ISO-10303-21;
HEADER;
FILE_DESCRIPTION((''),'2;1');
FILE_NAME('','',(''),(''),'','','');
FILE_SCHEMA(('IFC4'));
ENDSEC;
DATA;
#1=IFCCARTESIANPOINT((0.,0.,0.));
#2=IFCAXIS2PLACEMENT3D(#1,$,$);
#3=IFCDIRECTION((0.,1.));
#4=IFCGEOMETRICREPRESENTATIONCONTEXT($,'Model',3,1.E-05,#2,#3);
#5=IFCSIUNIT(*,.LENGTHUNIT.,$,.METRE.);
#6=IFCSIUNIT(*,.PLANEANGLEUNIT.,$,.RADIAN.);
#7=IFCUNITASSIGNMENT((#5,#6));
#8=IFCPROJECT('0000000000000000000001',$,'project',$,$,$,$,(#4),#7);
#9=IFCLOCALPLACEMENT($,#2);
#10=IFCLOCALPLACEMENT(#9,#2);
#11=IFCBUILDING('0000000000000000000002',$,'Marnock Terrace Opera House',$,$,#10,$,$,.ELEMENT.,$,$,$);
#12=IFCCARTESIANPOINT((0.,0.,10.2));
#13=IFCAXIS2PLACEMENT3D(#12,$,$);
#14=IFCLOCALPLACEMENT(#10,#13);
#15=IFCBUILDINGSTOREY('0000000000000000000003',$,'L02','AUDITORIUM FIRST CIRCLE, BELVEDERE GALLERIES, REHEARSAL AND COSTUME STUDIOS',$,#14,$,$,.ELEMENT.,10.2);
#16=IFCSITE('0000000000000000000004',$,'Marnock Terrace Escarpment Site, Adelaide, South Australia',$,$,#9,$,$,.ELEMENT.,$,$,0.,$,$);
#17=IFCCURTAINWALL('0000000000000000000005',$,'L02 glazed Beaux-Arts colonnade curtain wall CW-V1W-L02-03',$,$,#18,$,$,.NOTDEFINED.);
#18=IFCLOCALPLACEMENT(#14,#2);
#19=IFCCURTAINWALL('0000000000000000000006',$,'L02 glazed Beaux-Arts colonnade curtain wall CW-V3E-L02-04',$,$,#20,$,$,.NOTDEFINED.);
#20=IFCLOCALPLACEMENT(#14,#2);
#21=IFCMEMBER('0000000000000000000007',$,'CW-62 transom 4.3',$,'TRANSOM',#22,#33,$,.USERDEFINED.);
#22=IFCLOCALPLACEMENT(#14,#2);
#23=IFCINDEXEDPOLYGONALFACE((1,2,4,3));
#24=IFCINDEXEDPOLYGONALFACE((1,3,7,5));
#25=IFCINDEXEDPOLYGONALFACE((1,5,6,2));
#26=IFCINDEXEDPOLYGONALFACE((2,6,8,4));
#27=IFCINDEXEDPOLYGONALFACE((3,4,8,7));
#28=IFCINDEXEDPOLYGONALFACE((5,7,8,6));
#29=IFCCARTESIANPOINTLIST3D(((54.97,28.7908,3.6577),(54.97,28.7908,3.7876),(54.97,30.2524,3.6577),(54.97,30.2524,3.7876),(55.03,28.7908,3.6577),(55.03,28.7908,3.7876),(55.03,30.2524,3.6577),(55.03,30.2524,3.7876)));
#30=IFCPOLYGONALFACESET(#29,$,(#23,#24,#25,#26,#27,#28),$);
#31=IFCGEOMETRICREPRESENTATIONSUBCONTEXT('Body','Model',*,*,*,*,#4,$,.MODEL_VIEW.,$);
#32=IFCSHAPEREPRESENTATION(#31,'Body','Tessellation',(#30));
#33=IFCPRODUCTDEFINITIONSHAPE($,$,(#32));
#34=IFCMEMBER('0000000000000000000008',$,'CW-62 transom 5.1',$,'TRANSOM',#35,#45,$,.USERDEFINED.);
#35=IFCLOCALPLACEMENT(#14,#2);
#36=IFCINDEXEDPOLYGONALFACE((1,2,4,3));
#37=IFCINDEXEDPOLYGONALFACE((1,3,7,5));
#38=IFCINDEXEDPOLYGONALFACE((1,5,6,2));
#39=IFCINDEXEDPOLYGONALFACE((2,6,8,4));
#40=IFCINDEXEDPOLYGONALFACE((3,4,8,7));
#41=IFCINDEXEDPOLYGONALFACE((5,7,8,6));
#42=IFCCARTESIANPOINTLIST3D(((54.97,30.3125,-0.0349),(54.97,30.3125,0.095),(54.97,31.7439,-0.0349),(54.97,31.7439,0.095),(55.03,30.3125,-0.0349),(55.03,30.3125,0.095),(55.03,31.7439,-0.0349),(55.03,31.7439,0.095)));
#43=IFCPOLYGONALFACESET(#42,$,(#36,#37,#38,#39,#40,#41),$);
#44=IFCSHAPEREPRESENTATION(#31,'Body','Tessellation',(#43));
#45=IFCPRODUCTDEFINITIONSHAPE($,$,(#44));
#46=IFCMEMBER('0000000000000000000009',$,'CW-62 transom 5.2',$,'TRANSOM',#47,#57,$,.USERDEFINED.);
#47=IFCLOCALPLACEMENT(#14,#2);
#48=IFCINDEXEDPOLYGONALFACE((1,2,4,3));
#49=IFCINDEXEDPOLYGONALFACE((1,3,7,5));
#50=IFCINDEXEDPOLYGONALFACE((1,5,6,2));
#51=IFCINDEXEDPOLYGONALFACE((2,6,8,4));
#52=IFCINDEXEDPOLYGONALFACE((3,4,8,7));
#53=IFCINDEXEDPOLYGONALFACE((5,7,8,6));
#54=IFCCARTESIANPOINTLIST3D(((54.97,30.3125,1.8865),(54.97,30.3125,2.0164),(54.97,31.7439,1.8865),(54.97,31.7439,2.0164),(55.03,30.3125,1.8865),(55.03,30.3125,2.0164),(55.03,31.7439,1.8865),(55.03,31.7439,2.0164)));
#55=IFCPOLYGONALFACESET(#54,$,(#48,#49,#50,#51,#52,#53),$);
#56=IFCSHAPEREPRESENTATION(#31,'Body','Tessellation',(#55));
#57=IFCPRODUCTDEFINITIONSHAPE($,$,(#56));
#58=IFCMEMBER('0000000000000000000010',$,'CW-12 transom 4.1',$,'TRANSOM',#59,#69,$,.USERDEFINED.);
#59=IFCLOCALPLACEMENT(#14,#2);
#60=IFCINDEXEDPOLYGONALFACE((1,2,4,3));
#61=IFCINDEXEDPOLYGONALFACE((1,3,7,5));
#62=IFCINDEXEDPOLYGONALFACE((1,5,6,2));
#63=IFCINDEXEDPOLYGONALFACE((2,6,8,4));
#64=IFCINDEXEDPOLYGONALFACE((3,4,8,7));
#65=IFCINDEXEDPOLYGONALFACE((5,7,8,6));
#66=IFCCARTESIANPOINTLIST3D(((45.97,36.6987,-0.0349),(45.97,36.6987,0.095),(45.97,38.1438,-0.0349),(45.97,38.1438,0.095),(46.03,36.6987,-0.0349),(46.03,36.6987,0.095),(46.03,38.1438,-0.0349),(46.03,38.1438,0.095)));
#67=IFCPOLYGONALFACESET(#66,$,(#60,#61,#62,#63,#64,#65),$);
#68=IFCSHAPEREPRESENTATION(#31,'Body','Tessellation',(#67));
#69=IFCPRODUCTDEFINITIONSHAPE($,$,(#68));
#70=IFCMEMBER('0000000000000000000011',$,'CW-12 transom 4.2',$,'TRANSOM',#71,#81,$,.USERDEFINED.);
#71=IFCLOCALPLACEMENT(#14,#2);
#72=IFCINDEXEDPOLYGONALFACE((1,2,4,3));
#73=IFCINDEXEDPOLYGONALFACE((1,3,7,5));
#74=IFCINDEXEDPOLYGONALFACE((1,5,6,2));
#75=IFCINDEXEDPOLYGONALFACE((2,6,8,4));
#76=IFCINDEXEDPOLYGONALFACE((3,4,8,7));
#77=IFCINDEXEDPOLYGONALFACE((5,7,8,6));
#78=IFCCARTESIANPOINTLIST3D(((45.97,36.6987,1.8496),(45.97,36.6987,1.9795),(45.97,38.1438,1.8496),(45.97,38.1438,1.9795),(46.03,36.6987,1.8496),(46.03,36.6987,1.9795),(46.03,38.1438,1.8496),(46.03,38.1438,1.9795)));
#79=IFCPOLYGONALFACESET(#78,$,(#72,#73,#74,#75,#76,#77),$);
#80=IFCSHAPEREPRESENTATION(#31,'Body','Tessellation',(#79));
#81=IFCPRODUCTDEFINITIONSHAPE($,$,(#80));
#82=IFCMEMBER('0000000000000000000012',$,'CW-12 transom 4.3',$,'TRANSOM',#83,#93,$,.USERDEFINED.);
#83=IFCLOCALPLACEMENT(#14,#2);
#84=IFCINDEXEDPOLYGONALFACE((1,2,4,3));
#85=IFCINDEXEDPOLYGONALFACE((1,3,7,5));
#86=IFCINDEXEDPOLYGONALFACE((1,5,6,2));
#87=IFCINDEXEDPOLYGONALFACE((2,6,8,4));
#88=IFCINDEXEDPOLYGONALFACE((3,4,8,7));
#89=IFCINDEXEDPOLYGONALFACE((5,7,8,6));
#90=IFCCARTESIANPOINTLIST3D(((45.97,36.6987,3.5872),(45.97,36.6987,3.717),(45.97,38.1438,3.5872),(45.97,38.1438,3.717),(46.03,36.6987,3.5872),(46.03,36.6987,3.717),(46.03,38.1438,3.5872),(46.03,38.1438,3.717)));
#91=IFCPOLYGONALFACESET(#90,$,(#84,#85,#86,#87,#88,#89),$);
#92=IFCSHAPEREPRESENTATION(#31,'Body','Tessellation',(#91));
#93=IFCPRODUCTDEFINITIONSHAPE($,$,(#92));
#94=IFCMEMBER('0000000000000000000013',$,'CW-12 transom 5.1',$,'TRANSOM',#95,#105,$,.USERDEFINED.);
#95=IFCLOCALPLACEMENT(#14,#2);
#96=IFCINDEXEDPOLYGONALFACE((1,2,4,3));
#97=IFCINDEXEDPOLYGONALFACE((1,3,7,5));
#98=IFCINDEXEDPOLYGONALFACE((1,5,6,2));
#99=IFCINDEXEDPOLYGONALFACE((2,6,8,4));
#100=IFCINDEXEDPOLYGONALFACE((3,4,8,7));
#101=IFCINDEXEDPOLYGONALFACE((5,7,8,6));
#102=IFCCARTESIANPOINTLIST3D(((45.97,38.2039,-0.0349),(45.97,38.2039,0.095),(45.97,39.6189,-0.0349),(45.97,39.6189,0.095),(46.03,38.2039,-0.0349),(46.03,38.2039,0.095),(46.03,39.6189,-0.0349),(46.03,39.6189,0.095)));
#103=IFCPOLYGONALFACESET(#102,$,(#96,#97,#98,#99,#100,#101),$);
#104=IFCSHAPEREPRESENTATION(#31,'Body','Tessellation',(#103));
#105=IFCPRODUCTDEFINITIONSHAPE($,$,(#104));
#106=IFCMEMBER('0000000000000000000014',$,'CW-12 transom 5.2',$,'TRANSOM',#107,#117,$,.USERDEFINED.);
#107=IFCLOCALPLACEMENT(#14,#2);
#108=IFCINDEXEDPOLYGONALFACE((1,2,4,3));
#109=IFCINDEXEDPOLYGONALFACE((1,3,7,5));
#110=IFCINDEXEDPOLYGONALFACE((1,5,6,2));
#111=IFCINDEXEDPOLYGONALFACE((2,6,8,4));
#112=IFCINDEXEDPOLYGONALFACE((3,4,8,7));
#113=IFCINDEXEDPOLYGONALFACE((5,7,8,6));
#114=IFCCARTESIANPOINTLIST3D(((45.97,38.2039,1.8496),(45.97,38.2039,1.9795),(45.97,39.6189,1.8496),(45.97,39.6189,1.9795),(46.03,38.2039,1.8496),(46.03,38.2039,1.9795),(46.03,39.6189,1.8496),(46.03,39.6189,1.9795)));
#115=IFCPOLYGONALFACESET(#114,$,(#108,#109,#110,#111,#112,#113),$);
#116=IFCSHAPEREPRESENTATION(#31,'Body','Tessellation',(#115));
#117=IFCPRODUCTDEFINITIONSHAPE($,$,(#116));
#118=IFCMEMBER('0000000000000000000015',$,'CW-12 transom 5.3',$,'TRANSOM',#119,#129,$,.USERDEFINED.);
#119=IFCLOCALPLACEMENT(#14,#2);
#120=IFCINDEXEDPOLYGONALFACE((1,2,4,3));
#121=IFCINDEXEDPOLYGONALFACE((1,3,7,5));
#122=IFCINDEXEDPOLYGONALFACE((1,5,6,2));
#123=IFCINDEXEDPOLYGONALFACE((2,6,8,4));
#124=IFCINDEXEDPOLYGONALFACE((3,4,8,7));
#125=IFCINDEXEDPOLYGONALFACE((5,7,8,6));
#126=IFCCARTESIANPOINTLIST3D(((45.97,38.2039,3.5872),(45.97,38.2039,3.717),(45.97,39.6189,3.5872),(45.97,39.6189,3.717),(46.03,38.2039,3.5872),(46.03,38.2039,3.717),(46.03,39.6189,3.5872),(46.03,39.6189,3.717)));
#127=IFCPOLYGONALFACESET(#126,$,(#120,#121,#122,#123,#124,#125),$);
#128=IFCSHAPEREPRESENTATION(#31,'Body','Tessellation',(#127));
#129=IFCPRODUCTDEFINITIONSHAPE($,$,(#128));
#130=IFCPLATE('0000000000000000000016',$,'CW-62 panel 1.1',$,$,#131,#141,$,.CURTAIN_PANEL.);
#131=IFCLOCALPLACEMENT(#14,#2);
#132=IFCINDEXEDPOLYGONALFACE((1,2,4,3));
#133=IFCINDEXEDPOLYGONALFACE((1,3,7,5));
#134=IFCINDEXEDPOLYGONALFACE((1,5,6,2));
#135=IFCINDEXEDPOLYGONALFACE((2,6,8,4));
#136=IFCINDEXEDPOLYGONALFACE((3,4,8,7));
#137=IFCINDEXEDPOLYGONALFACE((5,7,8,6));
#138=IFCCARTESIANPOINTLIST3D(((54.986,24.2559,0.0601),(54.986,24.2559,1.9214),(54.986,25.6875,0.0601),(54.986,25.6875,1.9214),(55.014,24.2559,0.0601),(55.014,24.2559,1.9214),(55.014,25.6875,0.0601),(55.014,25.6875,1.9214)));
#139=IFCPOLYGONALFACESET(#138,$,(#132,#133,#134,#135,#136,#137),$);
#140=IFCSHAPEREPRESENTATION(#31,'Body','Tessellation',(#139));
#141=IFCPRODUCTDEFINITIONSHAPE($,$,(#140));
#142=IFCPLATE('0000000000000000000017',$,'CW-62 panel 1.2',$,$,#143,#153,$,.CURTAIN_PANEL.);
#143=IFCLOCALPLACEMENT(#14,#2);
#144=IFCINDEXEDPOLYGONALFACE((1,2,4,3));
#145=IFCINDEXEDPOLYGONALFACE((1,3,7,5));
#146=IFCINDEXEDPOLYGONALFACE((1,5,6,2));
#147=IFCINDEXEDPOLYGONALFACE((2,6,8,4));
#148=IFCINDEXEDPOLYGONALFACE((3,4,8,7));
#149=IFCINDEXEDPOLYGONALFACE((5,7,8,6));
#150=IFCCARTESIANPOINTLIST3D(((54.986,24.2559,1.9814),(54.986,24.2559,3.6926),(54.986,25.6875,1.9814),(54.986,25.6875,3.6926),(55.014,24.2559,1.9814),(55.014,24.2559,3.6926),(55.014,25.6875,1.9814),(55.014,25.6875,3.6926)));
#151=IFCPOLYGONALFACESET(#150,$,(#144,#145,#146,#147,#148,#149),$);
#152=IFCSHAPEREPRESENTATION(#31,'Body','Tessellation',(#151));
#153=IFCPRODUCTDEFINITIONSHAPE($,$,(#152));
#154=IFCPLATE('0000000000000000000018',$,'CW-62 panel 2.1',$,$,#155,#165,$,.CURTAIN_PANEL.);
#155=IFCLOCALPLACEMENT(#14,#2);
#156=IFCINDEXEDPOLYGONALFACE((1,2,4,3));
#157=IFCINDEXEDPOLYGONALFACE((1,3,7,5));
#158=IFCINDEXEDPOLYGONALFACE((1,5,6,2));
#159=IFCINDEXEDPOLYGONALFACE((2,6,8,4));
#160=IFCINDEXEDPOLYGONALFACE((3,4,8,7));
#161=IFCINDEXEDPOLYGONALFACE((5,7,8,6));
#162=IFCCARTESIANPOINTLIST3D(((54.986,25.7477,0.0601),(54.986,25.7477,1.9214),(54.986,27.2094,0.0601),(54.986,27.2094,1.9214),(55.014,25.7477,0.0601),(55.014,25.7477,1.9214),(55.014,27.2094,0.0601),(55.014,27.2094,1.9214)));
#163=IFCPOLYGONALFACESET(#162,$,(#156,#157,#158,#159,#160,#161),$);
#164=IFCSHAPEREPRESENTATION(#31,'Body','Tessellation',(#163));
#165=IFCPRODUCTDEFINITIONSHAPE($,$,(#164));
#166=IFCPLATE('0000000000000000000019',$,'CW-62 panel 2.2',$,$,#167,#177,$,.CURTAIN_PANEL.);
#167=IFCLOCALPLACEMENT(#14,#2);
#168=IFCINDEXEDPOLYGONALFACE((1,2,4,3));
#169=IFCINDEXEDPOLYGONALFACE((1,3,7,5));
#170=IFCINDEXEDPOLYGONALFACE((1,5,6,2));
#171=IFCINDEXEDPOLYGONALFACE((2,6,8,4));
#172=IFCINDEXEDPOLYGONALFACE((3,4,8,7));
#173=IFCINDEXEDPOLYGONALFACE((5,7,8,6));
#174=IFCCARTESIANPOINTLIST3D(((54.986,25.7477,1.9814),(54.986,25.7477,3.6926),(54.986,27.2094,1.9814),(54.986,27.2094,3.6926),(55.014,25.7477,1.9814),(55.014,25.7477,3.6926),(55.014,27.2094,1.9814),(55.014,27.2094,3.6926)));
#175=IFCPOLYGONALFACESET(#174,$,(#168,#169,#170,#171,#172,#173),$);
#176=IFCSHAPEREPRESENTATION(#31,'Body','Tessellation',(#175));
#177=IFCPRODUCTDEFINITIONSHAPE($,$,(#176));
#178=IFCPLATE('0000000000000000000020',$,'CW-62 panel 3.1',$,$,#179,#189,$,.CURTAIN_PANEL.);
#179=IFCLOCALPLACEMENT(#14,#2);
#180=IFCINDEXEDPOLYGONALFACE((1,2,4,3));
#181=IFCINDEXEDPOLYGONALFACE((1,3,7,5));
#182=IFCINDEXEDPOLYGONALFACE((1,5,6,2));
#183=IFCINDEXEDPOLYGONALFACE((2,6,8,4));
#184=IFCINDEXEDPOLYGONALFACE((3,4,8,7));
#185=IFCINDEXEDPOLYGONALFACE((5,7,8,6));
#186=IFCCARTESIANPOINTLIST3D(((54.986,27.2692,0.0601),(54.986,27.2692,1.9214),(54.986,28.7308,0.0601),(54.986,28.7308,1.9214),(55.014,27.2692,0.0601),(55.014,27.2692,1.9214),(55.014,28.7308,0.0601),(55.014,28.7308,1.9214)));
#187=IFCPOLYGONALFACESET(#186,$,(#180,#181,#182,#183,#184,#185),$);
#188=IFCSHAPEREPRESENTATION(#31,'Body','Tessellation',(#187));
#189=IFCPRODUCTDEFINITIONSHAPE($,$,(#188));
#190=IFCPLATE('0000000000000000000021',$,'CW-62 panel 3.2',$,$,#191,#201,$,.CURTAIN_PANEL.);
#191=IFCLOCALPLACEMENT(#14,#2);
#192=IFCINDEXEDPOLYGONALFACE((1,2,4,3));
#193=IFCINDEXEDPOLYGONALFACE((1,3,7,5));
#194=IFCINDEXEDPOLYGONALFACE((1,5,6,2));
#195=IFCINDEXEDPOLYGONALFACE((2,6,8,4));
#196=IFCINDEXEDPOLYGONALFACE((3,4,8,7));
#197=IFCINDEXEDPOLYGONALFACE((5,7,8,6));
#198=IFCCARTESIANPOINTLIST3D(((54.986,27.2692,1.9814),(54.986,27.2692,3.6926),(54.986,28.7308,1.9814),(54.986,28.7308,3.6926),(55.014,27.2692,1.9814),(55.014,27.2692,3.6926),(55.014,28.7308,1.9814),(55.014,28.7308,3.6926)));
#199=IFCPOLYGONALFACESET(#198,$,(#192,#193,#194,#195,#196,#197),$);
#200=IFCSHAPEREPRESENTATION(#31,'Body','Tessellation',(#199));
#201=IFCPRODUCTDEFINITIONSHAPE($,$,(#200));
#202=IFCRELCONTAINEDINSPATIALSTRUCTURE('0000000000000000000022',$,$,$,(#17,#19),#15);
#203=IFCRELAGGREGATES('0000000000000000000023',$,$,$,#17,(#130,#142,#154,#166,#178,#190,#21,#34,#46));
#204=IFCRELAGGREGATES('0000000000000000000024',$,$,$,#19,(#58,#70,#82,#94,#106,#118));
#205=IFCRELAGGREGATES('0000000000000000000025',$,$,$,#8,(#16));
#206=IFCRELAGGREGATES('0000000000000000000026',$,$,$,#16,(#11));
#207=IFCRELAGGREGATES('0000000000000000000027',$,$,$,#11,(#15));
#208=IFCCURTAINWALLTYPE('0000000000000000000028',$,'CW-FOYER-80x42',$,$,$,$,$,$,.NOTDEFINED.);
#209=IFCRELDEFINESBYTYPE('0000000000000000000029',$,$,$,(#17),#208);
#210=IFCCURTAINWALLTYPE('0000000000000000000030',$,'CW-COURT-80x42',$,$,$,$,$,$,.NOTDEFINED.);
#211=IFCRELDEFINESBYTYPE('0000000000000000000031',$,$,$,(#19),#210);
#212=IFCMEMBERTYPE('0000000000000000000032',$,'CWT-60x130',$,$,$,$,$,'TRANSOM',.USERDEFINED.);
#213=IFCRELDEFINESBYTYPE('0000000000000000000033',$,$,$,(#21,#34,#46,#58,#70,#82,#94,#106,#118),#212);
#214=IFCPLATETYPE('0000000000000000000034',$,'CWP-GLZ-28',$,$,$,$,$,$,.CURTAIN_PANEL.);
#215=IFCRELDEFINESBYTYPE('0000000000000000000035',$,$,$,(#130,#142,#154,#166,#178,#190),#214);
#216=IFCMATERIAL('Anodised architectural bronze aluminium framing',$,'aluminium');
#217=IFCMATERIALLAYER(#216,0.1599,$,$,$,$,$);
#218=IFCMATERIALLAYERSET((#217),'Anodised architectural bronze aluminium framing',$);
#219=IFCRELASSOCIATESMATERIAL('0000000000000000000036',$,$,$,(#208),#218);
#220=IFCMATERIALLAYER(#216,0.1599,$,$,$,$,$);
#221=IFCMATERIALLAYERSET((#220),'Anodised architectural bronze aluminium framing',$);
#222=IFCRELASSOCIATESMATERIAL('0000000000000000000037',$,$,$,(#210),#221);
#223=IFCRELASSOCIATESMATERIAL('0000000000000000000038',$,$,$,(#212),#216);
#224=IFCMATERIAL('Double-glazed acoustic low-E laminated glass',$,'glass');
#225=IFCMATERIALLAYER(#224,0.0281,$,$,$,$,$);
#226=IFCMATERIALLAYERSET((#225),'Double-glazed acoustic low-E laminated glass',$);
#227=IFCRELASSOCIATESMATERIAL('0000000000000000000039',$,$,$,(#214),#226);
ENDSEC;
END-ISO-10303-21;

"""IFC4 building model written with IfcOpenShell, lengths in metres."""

from ifc_helpers import new_model, si_unit, direction, frame, origin, origin_2d, place, context, subcontext, project, spatial, rectangle, extrude, material, layer, layer_set, material_profile, profile_set, type_object, element, aggregate, save


model = new_model("IFC4")

# Units and contexts
model_context = context("Model", 3, precision=1e-05, world=origin(), true_north=direction((0.0, 1.0)))
body_context = subcontext(model_context, "Body", "Model", "MODEL_VIEW")
ifc_project = project(units=[si_unit("LENGTHUNIT", "METRE"), si_unit("PLANEANGLEUNIT", "RADIAN")], contexts=[model_context])

# Site, building, storey
site_placement = place(None, origin())
site = spatial("IfcSite", under=ifc_project, at=site_placement, Name="Marnock Terrace Escarpment Site, Adelaide, South Australia", CompositionType="ELEMENT", RefElevation=0.0)
building_placement = place(site_placement, origin())
building = spatial("IfcBuilding", under=site, at=building_placement, Name="Marnock Terrace Opera House", CompositionType="ELEMENT")
storey_placement = place(building_placement, frame((0.0, 0.0, 10.2)))
storey = spatial("IfcBuildingStorey", under=building, at=storey_placement, Name="L02", Description="AUDITORIUM FIRST CIRCLE, BELVEDERE GALLERIES, REHEARSAL AND COSTUME STUDIOS", CompositionType="ELEMENT", Elevation=10.2)

# Curtain walls
ifc_material_1 = material(Name="Anodised architectural bronze aluminium framing", Category="aluminium")
ifc_layer_1 = layer(ifc_material_1, 0.1599)
ifc_layer_set_1 = layer_set([ifc_layer_1], Name="Anodised architectural bronze aluminium framing")
curtain_wall_type_1 = type_object("IfcCurtainWallType", Name="CW-FOYER-80x42", PredefinedType="NOTDEFINED", material=ifc_layer_set_1)
curtain_wall_1_placement = place(storey_placement, origin())
curtain_wall_1 = element("IfcCurtainWall", 1, at=curtain_wall_1_placement, inside=storey, type_object=curtain_wall_type_1, Name="L02 glazed Beaux-Arts colonnade curtain wall CW-V1W-L02-03", PredefinedType="NOTDEFINED")
ifc_layer_2 = layer(ifc_material_1, 0.1599)
ifc_layer_set_2 = layer_set([ifc_layer_2], Name="Anodised architectural bronze aluminium framing")
curtain_wall_type_2 = type_object("IfcCurtainWallType", Name="CW-COURT-80x42", PredefinedType="NOTDEFINED", material=ifc_layer_set_2)
curtain_wall_2_placement = place(storey_placement, origin())
curtain_wall_2 = element("IfcCurtainWall", 2, at=curtain_wall_2_placement, inside=storey, type_object=curtain_wall_type_2, Name="L02 glazed Beaux-Arts colonnade curtain wall CW-V3E-L02-04", PredefinedType="NOTDEFINED")

# Members
ifc_material_profile_1 = material_profile(ifc_material_1, rectangle(XDim=0.0601, YDim=0.1299, at=origin_2d()))
ifc_profile_set_1 = profile_set([ifc_material_profile_1], Name="Anodised architectural bronze aluminium framing")
member_type_1 = type_object("IfcMemberType", Name="CWT-60x130", ElementType="TRANSOM", PredefinedType="USERDEFINED", material=ifc_profile_set_1)
member_1_placement = place(storey_placement, frame((55.0, 28.7908, 3.7227), z_axis=(0.0, 1.0, 0.0), x_axis=(-1.0, 0.0, 0.0)))
member_1 = element("IfcMember", 3, at=member_1_placement, type_object=member_type_1, Name="CW-62 transom 4.3", ObjectType="TRANSOM", PredefinedType="USERDEFINED", context=body_context, shape_type="SweptSolid", body=[
    extrude(rectangle(XDim=0.0601, YDim=0.1299, at=origin_2d()), origin(), (0.0, 0.0, 1.0), 1.4617),
])
member_2_placement = place(storey_placement, frame((55.0, 30.3125, 0.03), z_axis=(0.0, 1.0, 0.0), x_axis=(-1.0, 0.0, 0.0)))
member_2 = element("IfcMember", 4, at=member_2_placement, type_object=member_type_1, Name="CW-62 transom 5.1", ObjectType="TRANSOM", PredefinedType="USERDEFINED", context=body_context, shape_type="SweptSolid", body=[
    extrude(rectangle(XDim=0.0601, YDim=0.1299, at=origin_2d()), origin(), (0.0, 0.0, 1.0), 1.4314),
])
member_3_placement = place(storey_placement, frame((55.0, 30.3125, 1.9514), z_axis=(0.0, 1.0, 0.0), x_axis=(-1.0, 0.0, 0.0)))
member_3 = element("IfcMember", 5, at=member_3_placement, type_object=member_type_1, Name="CW-62 transom 5.2", ObjectType="TRANSOM", PredefinedType="USERDEFINED", context=body_context, shape_type="SweptSolid", body=[
    extrude(rectangle(XDim=0.0601, YDim=0.1299, at=origin_2d()), origin(), (0.0, 0.0, 1.0), 1.4314),
])
member_4_placement = place(storey_placement, frame((46.0, 36.6987, 0.03), z_axis=(0.0, 1.0, 0.0), x_axis=(-1.0, 0.0, 0.0)))
member_4 = element("IfcMember", 6, at=member_4_placement, type_object=member_type_1, Name="CW-12 transom 4.1", ObjectType="TRANSOM", PredefinedType="USERDEFINED", context=body_context, shape_type="SweptSolid", body=[
    extrude(rectangle(XDim=0.0601, YDim=0.1299, at=origin_2d()), origin(), (0.0, 0.0, 1.0), 1.4451),
])
member_5_placement = place(storey_placement, frame((46.0, 36.6987, 1.9146), z_axis=(0.0, 1.0, 0.0), x_axis=(-1.0, 0.0, 0.0)))
member_5 = element("IfcMember", 7, at=member_5_placement, type_object=member_type_1, Name="CW-12 transom 4.2", ObjectType="TRANSOM", PredefinedType="USERDEFINED", context=body_context, shape_type="SweptSolid", body=[
    extrude(rectangle(XDim=0.0601, YDim=0.1299, at=origin_2d()), origin(), (0.0, 0.0, 1.0), 1.4451),
])
member_6_placement = place(storey_placement, frame((46.0, 36.6987, 3.6521), z_axis=(0.0, 1.0, 0.0), x_axis=(-1.0, 0.0, 0.0)))
member_6 = element("IfcMember", 8, at=member_6_placement, type_object=member_type_1, Name="CW-12 transom 4.3", ObjectType="TRANSOM", PredefinedType="USERDEFINED", context=body_context, shape_type="SweptSolid", body=[
    extrude(rectangle(XDim=0.0601, YDim=0.1299, at=origin_2d()), origin(), (0.0, 0.0, 1.0), 1.4451),
])
member_7_placement = place(storey_placement, frame((46.0, 38.2039, 0.03), z_axis=(0.0, 1.0, 0.0), x_axis=(-1.0, 0.0, 0.0)))
member_7 = element("IfcMember", 9, at=member_7_placement, type_object=member_type_1, Name="CW-12 transom 5.1", ObjectType="TRANSOM", PredefinedType="USERDEFINED", context=body_context, shape_type="SweptSolid", body=[
    extrude(rectangle(XDim=0.0601, YDim=0.1299, at=origin_2d()), origin(), (0.0, 0.0, 1.0), 1.415),
])
member_8_placement = place(storey_placement, frame((46.0, 38.2039, 1.9146), z_axis=(0.0, 1.0, 0.0), x_axis=(-1.0, 0.0, 0.0)))
member_8 = element("IfcMember", 10, at=member_8_placement, type_object=member_type_1, Name="CW-12 transom 5.2", ObjectType="TRANSOM", PredefinedType="USERDEFINED", context=body_context, shape_type="SweptSolid", body=[
    extrude(rectangle(XDim=0.0601, YDim=0.1299, at=origin_2d()), origin(), (0.0, 0.0, 1.0), 1.415),
])
member_9_placement = place(storey_placement, frame((46.0, 38.2039, 3.6521), z_axis=(0.0, 1.0, 0.0), x_axis=(-1.0, 0.0, 0.0)))
member_9 = element("IfcMember", 11, at=member_9_placement, type_object=member_type_1, Name="CW-12 transom 5.3", ObjectType="TRANSOM", PredefinedType="USERDEFINED", context=body_context, shape_type="SweptSolid", body=[
    extrude(rectangle(XDim=0.0601, YDim=0.1299, at=origin_2d()), origin(), (0.0, 0.0, 1.0), 1.415),
])

# Plates
ifc_material_2 = material(Name="Double-glazed acoustic low-E laminated glass", Category="glass")
ifc_layer_3 = layer(ifc_material_2, 0.0281)
ifc_layer_set_3 = layer_set([ifc_layer_3], Name="Double-glazed acoustic low-E laminated glass")
plate_type = type_object("IfcPlateType", Name="CWP-GLZ-28", PredefinedType="CURTAIN_PANEL", material=ifc_layer_set_3)
plate_1_placement = place(storey_placement, frame((55.0, 24.9717, 0.0601), z_axis=(0.0, 0.0, 1.0), x_axis=(0.0, 1.0, 0.0)))
plate_1 = element("IfcPlate", 12, at=plate_1_placement, type_object=plate_type, Name="CW-62 panel 1.1", PredefinedType="CURTAIN_PANEL", context=body_context, shape_type="SweptSolid", body=[
    extrude(rectangle(XDim=1.4316, YDim=0.0281, at=origin_2d()), origin(), (0.0, 0.0, 1.0), 1.8613),
])
plate_2_placement = place(storey_placement, frame((55.0, 24.9717, 1.9814), z_axis=(0.0, 0.0, 1.0), x_axis=(0.0, 1.0, 0.0)))
plate_2 = element("IfcPlate", 13, at=plate_2_placement, type_object=plate_type, Name="CW-62 panel 1.2", PredefinedType="CURTAIN_PANEL", context=body_context, shape_type="SweptSolid", body=[
    extrude(rectangle(XDim=1.4316, YDim=0.0281, at=origin_2d()), origin(), (0.0, 0.0, 1.0), 1.7112),
])
plate_3_placement = place(storey_placement, frame((55.0, 26.4785, 0.0601), z_axis=(0.0, 0.0, 1.0), x_axis=(0.0, 1.0, 0.0)))
plate_3 = element("IfcPlate", 14, at=plate_3_placement, type_object=plate_type, Name="CW-62 panel 2.1", PredefinedType="CURTAIN_PANEL", context=body_context, shape_type="SweptSolid", body=[
    extrude(rectangle(XDim=1.4617, YDim=0.0281, at=origin_2d()), origin(), (0.0, 0.0, 1.0), 1.8613),
])
plate_4_placement = place(storey_placement, frame((55.0, 26.4785, 1.9814), z_axis=(0.0, 0.0, 1.0), x_axis=(0.0, 1.0, 0.0)))
plate_4 = element("IfcPlate", 15, at=plate_4_placement, type_object=plate_type, Name="CW-62 panel 2.2", PredefinedType="CURTAIN_PANEL", context=body_context, shape_type="SweptSolid", body=[
    extrude(rectangle(XDim=1.4617, YDim=0.0281, at=origin_2d()), origin(), (0.0, 0.0, 1.0), 1.7112),
])
plate_5_placement = place(storey_placement, frame((55.0, 28.0, 0.0601), z_axis=(0.0, 0.0, 1.0), x_axis=(0.0, 1.0, 0.0)))
plate_5 = element("IfcPlate", 16, at=plate_5_placement, type_object=plate_type, Name="CW-62 panel 3.1", PredefinedType="CURTAIN_PANEL", context=body_context, shape_type="SweptSolid", body=[
    extrude(rectangle(XDim=1.4617, YDim=0.0281, at=origin_2d()), origin(), (0.0, 0.0, 1.0), 1.8613),
])
plate_6_placement = place(storey_placement, frame((55.0, 28.0, 1.9814), z_axis=(0.0, 0.0, 1.0), x_axis=(0.0, 1.0, 0.0)))
plate_6 = element("IfcPlate", 17, at=plate_6_placement, type_object=plate_type, Name="CW-62 panel 3.2", PredefinedType="CURTAIN_PANEL", context=body_context, shape_type="SweptSolid", body=[
    extrude(rectangle(XDim=1.4617, YDim=0.0281, at=origin_2d()), origin(), (0.0, 0.0, 1.0), 1.7112),
])
aggregate(curtain_wall_1, [plate_1, plate_2, plate_3, plate_4, plate_5, plate_6, member_1, member_2, member_3])
aggregate(curtain_wall_2, [member_4, member_5, member_6, member_7, member_8, member_9])

save(model, "model.ifc")
